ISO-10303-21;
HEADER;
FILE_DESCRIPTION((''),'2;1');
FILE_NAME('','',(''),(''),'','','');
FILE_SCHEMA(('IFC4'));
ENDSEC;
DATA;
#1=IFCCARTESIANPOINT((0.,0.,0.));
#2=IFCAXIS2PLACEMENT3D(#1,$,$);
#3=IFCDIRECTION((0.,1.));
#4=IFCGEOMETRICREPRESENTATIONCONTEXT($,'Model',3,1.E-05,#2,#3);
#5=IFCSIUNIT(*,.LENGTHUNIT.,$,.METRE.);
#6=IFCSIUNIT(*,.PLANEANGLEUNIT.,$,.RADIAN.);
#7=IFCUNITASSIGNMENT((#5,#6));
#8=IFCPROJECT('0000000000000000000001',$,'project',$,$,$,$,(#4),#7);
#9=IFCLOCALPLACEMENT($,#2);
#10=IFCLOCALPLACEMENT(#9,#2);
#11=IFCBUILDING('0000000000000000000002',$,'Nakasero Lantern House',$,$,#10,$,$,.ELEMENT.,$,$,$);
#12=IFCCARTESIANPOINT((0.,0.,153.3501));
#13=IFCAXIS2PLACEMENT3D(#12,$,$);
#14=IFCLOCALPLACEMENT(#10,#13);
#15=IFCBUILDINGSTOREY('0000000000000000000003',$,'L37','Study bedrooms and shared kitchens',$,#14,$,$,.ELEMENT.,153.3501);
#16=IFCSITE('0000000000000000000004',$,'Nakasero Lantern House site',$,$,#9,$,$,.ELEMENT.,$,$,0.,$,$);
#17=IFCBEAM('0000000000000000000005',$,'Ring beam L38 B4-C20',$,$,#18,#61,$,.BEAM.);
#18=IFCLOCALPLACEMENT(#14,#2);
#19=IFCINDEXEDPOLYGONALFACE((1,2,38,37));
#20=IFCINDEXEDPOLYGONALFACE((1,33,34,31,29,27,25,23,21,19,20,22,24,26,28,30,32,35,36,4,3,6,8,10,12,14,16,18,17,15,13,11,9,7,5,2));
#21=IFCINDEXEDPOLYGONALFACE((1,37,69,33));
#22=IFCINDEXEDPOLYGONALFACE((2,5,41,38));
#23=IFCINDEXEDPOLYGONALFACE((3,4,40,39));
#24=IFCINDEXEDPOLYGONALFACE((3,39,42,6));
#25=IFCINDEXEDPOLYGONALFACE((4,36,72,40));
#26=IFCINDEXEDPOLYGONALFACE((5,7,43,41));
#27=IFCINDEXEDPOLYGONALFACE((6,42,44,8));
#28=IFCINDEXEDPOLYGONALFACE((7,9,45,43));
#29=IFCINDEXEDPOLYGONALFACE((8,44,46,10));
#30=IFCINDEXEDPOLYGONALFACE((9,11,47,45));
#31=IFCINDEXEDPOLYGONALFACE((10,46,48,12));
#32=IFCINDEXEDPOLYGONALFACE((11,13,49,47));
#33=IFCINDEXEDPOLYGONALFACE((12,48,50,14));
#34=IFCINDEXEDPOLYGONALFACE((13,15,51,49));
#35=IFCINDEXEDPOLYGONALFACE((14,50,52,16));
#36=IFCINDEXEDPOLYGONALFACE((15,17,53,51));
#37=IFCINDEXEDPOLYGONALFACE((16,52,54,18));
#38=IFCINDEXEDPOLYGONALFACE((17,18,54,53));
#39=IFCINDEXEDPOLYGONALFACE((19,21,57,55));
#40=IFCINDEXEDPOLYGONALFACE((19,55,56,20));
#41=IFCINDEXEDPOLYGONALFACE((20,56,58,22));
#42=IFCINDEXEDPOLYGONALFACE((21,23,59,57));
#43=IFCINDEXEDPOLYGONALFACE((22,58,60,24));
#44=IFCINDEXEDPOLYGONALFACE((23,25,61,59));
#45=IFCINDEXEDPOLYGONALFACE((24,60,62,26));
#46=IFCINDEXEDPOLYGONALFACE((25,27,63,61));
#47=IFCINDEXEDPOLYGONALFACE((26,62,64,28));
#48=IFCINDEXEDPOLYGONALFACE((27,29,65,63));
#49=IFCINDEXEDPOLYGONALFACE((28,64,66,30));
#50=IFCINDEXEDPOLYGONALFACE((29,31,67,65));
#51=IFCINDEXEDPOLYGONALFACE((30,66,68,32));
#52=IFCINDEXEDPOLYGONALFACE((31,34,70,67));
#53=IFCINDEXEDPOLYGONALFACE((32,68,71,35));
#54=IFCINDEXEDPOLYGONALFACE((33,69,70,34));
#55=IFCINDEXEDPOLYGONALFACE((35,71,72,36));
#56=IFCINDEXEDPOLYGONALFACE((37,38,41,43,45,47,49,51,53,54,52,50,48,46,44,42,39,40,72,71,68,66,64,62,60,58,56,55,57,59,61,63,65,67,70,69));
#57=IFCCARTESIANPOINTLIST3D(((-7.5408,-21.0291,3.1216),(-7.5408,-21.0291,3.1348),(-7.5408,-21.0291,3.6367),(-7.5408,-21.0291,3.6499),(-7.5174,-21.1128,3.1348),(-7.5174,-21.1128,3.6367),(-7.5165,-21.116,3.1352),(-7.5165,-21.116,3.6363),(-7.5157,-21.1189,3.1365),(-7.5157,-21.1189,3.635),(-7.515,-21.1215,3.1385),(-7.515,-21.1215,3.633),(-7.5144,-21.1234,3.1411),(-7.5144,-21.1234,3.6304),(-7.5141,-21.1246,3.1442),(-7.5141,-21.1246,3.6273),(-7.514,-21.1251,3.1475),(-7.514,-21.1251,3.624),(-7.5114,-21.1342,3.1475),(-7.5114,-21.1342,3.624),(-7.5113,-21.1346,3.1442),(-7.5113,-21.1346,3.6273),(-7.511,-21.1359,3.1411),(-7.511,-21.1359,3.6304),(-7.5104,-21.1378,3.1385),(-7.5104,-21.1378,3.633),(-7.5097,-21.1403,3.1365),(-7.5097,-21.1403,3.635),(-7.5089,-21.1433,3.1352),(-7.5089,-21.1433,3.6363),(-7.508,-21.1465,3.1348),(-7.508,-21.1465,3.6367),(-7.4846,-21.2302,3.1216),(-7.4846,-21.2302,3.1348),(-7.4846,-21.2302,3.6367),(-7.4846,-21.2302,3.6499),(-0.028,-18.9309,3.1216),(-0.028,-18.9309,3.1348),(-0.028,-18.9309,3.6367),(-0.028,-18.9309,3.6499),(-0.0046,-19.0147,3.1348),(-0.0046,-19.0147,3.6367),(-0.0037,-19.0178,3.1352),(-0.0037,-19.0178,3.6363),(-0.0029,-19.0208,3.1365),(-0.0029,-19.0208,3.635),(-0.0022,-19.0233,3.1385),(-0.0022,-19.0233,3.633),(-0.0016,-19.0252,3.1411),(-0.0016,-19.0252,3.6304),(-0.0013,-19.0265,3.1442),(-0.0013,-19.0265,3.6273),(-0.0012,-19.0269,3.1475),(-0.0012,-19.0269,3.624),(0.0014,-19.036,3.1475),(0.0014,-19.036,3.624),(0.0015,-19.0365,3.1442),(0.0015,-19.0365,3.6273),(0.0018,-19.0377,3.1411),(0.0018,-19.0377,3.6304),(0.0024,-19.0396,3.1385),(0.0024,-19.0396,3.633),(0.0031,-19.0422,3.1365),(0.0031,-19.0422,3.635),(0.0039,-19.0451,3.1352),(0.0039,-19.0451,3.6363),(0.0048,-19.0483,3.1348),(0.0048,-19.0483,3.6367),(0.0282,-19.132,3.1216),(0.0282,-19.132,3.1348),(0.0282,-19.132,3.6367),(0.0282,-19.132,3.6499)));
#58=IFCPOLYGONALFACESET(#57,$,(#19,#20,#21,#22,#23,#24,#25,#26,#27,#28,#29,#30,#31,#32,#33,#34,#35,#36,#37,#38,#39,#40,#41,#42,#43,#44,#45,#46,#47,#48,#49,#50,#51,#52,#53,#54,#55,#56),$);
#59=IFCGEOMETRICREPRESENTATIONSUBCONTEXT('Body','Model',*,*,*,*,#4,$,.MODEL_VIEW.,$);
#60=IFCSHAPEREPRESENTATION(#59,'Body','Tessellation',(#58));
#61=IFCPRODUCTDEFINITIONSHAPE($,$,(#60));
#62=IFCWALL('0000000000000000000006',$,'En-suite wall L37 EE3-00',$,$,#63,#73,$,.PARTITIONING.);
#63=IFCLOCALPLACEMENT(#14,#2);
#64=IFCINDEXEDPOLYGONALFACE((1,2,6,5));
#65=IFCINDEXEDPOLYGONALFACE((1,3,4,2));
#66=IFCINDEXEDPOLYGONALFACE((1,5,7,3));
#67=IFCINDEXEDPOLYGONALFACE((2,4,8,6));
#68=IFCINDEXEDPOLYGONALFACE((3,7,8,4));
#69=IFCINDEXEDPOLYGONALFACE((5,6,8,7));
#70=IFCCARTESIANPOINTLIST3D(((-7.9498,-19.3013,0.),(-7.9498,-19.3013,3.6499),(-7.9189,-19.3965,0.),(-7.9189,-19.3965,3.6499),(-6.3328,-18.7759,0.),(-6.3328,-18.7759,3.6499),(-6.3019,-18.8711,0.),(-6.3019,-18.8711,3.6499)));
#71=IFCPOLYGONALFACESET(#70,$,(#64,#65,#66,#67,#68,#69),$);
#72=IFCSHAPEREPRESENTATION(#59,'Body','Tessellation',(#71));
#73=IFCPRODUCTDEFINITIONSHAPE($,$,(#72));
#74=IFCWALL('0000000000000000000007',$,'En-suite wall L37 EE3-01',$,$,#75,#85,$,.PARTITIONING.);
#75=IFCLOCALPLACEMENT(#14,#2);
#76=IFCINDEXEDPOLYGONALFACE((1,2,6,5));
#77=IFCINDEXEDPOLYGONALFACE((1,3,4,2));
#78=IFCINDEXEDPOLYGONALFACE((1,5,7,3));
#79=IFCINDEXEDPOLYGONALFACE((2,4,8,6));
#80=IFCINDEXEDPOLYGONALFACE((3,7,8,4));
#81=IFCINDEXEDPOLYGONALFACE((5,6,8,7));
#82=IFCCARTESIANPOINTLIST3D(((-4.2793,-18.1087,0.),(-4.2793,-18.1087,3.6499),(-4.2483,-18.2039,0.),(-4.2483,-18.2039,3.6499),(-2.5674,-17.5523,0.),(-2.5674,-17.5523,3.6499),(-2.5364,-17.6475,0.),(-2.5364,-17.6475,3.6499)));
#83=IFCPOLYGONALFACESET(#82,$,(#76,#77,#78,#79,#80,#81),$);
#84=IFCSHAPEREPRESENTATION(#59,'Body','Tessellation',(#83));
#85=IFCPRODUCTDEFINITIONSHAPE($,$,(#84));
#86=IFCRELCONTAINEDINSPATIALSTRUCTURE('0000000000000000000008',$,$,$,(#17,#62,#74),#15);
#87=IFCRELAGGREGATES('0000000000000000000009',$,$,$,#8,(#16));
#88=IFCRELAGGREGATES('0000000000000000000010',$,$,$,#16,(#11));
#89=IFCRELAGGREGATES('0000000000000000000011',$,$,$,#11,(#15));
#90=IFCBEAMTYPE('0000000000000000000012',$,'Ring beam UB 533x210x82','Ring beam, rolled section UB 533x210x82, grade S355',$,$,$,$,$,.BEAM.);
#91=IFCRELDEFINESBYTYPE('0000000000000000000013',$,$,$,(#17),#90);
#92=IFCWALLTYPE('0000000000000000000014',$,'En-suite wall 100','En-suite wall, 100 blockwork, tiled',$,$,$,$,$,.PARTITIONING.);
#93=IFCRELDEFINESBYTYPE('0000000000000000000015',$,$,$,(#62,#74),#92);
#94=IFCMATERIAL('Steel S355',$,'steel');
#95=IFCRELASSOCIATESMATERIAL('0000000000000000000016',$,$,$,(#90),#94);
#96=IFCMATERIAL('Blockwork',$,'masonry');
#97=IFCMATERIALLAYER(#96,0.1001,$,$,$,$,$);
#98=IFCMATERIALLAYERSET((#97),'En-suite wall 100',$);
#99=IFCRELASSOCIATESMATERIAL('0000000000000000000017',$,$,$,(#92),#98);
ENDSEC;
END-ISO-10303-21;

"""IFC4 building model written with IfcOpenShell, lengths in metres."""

from ifc_helpers import new_model, si_unit, direction, frame, frame_2d, origin, origin_2d, place, context, subcontext, project, spatial, rectangle, i_section, extrude, material, layer, layer_set, material_profile, profile_set, type_object, element, save


model = new_model("IFC4")

# Units and contexts
model_context = context("Model", 3, precision=1e-05, world=origin(), true_north=direction((0.0, 1.0)))
body_context = subcontext(model_context, "Body", "Model", "MODEL_VIEW")
ifc_project = project(units=[si_unit("LENGTHUNIT", "METRE"), si_unit("PLANEANGLEUNIT", "RADIAN")], contexts=[model_context])

# Site, building, storey
site_placement = place(None, origin())
site = spatial("IfcSite", under=ifc_project, at=site_placement, Name="Nakasero Lantern House site", CompositionType="ELEMENT", RefElevation=0.0)
building_placement = place(site_placement, origin())
building = spatial("IfcBuilding", under=site, at=building_placement, Name="Nakasero Lantern House", CompositionType="ELEMENT")
storey_placement = place(building_placement, frame((0.0, 0.0, 153.3501)))
storey = spatial("IfcBuildingStorey", under=building, at=storey_placement, Name="L37", Description="Study bedrooms and shared kitchens", CompositionType="ELEMENT", Elevation=153.3501)

# Beam
ifc_material_1 = material(Name="Steel S355", Category="steel")
ifc_material_profile_1 = material_profile(ifc_material_1, i_section(OverallWidth=0.2087, OverallDepth=0.5283, WebThickness=0.0095, FlangeThickness=0.0132, FilletRadius=0.0127, at=origin_2d()), Name="UB 533x210x82")
ifc_profile_set_1 = profile_set([ifc_material_profile_1], Name="Steel S355")
beam_type_1 = type_object("IfcBeamType", Name="Ring beam UB 533x210x82", Description="Ring beam, rolled section UB 533x210x82, grade S355", PredefinedType="BEAM", material=ifc_profile_set_1)
beam_1_placement = place(storey_placement, frame((-7.5127, -21.1296, 3.3857), z_axis=(0.963144, 0.268987, 0.0), x_axis=(-0.268987, 0.963144, 0.0)))
element("IfcBeam", 1, at=beam_1_placement, inside=storey, type_object=beam_type_1, Name="Ring beam L38 B4-C20", PredefinedType="BEAM", context=body_context, shape_type="SweptSolid", body=[
    extrude(i_section(OverallWidth=0.2087, OverallDepth=0.5283, WebThickness=0.0095, FlangeThickness=0.0132, FilletRadius=0.0127, at=origin_2d()), origin(), (0.0, 0.0, 1.0), 7.8003),
])

# Walls
ifc_material_2 = material(Name="Blockwork", Category="masonry")
ifc_layer_1 = layer(ifc_material_2, 0.1001)
ifc_layer_set_1 = layer_set([ifc_layer_1], Name="En-suite wall 100")
wall_type_1 = type_object("IfcWallType", Name="En-suite wall 100", Description="En-suite wall, 100 blockwork, tiled", PredefinedType="PARTITIONING", material=ifc_layer_set_1)
wall_1_placement = place(storey_placement, frame((-7.9343, -19.3489, 0.0), z_axis=(0.0, 0.0, 1.0), x_axis=(0.951054, 0.309024, 0.0)))
element("IfcWall", 2, at=wall_1_placement, inside=storey, type_object=wall_type_1, Name="En-suite wall L37 EE3-00", PredefinedType="PARTITIONING", context=body_context, shape_type="SweptSolid", body=[
    extrude(rectangle(XDim=1.7002, YDim=0.1001, at=frame_2d((0.8501, 0.0))), origin(), (0.0, 0.0, 1.0), 3.6499),
])
wall_2_placement = place(storey_placement, frame((-4.2637, -18.1562, 0.0), z_axis=(0.0, 0.0, 1.0), x_axis=(0.95103, 0.309098, 0.0)))
element("IfcWall", 3, at=wall_2_placement, inside=storey, type_object=wall_type_1, Name="En-suite wall L37 EE3-01", PredefinedType="PARTITIONING", context=body_context, shape_type="SweptSolid", body=[
    extrude(rectangle(XDim=1.8, YDim=0.1001, at=frame_2d((0.8999, 0.0))), origin(), (0.0, 0.0, 1.0), 3.6499),
])

save(model, "model.ifc")
